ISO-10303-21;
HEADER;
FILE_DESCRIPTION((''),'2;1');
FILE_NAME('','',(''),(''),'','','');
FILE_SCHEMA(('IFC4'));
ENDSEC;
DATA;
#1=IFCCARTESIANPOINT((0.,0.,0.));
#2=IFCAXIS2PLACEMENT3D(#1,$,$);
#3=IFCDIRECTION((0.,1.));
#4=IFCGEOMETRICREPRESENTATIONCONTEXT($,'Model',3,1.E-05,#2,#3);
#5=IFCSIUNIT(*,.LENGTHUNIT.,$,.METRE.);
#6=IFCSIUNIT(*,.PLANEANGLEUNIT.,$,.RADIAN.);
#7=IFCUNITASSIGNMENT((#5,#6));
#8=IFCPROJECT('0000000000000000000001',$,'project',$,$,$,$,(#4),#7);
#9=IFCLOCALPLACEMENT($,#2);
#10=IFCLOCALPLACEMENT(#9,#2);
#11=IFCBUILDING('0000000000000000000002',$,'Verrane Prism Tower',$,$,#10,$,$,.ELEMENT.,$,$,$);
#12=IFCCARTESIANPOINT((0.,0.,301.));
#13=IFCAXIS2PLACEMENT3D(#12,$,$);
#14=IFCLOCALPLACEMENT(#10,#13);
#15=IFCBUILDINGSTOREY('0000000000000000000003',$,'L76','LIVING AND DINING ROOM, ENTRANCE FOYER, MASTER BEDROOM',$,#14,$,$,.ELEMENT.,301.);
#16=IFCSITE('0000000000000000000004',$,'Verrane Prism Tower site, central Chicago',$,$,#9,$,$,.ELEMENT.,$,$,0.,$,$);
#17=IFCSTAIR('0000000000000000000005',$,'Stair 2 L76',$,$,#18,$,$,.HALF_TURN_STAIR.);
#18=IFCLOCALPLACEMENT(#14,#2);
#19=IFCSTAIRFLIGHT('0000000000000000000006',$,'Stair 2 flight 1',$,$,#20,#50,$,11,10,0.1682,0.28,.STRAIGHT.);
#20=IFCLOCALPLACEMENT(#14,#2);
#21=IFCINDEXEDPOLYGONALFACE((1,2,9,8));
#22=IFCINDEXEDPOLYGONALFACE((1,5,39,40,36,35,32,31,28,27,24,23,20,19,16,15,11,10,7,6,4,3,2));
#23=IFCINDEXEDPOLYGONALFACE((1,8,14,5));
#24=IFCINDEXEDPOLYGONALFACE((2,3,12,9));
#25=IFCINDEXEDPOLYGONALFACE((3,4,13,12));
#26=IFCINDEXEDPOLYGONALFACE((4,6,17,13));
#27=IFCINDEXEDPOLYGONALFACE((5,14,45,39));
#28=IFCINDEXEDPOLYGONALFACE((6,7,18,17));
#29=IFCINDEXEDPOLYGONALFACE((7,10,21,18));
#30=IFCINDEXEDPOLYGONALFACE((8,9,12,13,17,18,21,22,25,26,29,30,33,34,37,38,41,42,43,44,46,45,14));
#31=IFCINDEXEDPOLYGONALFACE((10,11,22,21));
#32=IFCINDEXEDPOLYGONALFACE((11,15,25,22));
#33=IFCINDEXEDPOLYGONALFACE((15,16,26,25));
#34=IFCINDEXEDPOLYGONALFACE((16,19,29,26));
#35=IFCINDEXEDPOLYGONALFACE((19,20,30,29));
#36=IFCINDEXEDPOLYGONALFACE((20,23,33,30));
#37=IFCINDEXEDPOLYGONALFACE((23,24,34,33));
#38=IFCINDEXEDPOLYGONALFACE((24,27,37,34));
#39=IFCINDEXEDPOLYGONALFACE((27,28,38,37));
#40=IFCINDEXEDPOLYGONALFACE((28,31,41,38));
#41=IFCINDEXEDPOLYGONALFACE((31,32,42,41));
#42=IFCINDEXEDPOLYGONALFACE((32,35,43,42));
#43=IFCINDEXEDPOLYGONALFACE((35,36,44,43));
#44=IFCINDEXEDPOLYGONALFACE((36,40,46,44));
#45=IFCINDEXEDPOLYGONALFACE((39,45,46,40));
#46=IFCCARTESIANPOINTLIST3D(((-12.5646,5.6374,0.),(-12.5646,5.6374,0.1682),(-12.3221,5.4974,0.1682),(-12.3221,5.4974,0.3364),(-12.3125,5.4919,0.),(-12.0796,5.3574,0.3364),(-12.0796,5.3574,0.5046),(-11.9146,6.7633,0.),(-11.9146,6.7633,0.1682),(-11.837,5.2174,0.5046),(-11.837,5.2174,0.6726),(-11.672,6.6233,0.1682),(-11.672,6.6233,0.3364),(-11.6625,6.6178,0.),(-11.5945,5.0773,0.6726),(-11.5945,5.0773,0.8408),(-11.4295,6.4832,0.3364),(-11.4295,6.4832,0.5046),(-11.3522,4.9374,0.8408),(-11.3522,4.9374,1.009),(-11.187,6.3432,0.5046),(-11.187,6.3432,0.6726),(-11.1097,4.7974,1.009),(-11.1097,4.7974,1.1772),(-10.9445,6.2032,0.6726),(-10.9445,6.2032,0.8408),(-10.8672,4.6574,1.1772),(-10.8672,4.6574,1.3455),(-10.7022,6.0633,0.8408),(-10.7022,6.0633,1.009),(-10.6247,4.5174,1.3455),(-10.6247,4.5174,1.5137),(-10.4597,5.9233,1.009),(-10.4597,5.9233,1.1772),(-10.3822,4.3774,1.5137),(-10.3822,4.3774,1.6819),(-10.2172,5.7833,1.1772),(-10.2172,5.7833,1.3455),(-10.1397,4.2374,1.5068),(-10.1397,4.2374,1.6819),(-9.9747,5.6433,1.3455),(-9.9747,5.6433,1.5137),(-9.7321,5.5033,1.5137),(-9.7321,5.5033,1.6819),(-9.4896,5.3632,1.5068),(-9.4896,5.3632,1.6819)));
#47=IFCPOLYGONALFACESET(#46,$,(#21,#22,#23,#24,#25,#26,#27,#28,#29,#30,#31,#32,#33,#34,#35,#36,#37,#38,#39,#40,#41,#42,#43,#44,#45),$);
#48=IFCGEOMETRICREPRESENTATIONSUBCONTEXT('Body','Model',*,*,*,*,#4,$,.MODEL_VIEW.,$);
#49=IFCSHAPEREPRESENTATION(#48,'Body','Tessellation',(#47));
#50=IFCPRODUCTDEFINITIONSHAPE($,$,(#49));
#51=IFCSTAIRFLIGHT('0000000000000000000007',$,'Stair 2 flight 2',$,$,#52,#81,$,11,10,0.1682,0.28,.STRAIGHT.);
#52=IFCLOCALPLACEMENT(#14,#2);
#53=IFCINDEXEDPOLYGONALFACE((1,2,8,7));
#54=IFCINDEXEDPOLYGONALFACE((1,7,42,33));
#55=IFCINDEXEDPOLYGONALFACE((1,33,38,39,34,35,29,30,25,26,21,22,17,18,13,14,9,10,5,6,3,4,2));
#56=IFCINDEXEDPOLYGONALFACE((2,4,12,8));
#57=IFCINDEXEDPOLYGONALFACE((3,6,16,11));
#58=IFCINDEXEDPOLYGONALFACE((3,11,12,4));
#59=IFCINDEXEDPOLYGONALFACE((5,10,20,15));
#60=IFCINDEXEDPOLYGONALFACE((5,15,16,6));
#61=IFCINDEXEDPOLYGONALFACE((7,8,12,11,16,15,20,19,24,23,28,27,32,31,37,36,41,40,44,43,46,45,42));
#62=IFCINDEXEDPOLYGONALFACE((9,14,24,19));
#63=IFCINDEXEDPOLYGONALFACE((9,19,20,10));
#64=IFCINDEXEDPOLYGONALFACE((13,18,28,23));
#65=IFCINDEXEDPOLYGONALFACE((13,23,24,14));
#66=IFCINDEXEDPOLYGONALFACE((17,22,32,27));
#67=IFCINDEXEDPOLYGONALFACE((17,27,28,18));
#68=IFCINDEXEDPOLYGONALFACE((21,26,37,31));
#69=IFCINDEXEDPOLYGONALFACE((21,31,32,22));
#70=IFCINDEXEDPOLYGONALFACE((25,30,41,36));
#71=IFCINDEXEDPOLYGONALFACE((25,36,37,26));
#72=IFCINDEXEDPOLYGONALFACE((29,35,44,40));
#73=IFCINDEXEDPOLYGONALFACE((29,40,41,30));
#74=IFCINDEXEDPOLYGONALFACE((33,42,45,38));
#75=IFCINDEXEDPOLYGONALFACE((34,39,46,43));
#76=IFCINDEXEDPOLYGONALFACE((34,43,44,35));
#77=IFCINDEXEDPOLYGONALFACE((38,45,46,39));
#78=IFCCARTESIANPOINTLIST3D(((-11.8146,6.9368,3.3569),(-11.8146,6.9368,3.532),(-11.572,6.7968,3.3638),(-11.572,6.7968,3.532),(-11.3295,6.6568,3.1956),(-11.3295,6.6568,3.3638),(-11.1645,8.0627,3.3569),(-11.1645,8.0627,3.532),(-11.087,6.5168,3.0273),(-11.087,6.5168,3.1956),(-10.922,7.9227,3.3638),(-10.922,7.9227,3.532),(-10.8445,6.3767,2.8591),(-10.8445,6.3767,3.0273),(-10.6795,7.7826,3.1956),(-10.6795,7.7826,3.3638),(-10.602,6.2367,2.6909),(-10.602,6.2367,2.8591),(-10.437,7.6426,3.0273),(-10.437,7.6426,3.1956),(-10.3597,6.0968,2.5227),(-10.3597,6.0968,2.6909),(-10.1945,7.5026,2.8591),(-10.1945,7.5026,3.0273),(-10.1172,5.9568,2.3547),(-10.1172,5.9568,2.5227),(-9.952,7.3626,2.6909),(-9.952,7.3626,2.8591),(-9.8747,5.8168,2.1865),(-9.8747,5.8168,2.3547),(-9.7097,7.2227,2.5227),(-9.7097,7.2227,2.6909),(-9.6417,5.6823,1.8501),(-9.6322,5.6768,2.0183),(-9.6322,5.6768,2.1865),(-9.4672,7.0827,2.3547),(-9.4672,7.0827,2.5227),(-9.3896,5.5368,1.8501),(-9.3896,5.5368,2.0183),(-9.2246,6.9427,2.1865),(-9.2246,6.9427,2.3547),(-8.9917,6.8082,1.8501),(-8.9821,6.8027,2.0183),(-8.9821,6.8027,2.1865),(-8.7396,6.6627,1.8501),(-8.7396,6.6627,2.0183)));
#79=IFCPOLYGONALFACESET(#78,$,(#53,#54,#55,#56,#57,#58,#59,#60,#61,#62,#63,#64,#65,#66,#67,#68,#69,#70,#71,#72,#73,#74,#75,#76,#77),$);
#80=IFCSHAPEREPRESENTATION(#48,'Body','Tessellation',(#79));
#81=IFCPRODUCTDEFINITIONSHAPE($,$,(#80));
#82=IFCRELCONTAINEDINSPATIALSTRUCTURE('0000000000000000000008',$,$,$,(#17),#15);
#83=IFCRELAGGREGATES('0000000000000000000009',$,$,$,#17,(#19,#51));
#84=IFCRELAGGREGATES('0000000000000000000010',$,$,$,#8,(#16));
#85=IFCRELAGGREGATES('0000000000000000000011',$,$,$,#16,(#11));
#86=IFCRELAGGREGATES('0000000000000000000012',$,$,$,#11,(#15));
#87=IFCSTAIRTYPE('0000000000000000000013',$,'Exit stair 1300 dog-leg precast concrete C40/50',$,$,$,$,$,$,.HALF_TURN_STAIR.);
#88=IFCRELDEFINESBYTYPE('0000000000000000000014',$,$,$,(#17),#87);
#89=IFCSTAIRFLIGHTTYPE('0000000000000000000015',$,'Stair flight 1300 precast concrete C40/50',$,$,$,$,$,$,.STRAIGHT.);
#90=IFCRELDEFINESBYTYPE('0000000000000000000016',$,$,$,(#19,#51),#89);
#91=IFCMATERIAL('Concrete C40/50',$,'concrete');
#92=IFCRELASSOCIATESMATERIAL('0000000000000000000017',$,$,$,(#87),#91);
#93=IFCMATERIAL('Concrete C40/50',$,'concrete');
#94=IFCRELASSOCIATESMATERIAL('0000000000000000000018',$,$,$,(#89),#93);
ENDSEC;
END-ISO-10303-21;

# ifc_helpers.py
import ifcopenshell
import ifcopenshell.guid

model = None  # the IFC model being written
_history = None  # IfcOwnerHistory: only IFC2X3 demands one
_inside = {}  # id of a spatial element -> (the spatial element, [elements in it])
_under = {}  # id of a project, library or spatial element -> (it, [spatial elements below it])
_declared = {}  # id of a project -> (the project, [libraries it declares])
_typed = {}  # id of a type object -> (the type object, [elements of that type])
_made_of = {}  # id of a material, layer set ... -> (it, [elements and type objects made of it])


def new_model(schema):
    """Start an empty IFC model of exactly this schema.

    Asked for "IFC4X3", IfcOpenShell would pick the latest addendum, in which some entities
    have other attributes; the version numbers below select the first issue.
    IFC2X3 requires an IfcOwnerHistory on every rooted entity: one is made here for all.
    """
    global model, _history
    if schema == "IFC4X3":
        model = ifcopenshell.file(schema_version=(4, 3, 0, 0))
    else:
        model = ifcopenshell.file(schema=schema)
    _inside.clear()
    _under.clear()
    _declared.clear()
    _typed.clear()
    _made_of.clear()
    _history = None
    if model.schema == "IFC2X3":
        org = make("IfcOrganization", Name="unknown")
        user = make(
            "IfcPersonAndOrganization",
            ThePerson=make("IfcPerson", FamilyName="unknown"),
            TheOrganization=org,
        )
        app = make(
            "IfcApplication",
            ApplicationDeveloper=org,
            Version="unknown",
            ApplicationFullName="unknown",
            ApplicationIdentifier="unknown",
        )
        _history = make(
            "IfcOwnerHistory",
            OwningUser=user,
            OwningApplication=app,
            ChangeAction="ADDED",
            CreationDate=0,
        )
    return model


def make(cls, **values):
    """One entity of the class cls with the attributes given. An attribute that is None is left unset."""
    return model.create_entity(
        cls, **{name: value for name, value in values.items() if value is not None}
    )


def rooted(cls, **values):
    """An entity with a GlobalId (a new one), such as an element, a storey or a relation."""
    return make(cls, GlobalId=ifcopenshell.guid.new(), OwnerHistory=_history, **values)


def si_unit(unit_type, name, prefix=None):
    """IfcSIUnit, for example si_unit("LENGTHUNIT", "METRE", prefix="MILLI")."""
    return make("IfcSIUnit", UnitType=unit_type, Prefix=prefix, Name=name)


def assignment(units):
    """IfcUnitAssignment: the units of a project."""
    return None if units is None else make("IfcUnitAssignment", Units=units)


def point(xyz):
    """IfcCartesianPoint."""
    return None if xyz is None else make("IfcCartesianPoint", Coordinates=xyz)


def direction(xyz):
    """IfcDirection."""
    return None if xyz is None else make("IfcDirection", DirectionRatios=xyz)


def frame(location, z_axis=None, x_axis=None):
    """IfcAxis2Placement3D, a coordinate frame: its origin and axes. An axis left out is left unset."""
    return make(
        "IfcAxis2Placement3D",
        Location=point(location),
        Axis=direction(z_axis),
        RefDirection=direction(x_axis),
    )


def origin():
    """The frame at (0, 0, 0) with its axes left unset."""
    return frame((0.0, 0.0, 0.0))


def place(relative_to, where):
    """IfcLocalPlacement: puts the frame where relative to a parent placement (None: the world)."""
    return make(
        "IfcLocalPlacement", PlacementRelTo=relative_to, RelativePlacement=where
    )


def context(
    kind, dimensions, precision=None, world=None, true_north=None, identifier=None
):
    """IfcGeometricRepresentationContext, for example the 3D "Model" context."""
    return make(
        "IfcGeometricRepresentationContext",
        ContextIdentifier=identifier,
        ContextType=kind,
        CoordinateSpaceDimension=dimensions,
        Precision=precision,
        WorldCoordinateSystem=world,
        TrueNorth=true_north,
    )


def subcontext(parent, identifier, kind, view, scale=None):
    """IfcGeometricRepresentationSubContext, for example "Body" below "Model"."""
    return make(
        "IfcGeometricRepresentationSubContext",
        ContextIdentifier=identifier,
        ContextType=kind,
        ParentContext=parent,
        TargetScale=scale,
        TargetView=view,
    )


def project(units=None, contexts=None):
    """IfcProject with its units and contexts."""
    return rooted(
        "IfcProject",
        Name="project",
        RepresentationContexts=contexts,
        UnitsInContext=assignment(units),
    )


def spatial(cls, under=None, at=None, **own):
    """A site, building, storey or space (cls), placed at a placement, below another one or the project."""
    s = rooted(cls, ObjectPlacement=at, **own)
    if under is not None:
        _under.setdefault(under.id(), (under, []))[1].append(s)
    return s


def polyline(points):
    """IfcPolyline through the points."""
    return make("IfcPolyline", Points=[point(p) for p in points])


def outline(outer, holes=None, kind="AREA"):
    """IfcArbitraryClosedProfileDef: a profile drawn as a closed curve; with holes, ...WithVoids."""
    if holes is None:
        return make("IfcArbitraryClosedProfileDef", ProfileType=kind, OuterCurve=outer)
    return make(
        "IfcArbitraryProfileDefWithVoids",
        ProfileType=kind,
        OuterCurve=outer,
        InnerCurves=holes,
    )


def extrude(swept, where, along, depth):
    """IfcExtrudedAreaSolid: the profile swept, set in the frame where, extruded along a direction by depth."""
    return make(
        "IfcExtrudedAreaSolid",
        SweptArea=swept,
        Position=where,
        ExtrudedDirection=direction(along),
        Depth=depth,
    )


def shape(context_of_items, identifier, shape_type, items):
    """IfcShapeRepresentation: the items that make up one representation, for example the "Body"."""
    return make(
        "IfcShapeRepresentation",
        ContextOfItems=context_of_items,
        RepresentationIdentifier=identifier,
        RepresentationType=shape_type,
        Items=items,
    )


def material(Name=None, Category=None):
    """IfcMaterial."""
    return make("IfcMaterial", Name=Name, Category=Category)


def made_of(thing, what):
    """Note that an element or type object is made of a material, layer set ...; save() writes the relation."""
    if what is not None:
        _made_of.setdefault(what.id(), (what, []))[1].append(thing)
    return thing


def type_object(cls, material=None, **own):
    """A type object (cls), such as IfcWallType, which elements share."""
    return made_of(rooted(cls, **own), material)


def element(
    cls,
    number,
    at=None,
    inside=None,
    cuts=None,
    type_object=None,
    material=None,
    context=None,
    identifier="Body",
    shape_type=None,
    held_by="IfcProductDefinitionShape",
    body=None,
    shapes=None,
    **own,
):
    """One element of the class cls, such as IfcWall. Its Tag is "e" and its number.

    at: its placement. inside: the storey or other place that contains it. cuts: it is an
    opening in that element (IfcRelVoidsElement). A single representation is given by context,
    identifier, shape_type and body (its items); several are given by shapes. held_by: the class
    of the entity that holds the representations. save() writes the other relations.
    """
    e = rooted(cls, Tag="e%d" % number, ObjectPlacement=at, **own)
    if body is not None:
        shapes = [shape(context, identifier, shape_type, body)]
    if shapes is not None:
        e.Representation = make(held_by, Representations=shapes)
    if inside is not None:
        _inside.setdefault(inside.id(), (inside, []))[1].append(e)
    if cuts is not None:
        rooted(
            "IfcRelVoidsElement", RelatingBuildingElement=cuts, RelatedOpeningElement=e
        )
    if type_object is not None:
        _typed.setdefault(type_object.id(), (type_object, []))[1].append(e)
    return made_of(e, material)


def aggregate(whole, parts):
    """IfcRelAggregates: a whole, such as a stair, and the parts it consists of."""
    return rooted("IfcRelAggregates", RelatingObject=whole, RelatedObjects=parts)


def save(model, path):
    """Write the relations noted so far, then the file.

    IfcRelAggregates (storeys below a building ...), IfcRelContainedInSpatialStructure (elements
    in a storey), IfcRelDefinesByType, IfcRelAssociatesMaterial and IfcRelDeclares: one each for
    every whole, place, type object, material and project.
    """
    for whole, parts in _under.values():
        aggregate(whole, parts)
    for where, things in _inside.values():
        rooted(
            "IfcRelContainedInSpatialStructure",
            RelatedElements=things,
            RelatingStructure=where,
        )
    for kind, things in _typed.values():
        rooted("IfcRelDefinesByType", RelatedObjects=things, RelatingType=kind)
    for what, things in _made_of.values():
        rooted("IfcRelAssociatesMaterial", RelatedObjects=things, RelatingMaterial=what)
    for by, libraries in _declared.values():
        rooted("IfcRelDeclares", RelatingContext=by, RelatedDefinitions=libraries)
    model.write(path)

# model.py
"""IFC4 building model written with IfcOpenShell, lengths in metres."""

from ifc_helpers import new_model, si_unit, direction, frame, origin, place, context, subcontext, project, spatial, polyline, outline, extrude, material, type_object, element, aggregate, save


model = new_model("IFC4")

# Units and contexts
model_context = context("Model", 3, precision=1e-05, world=origin(), true_north=direction((0.0, 1.0)))
body_context = subcontext(model_context, "Body", "Model", "MODEL_VIEW")
ifc_project = project(units=[si_unit("LENGTHUNIT", "METRE"), si_unit("PLANEANGLEUNIT", "RADIAN")], contexts=[model_context])

# Site, building, storey
site_placement = place(None, origin())
site = spatial("IfcSite", under=ifc_project, at=site_placement, Name="Verrane Prism Tower site, central Chicago", CompositionType="ELEMENT", RefElevation=0.0)
building_placement = place(site_placement, origin())
building = spatial("IfcBuilding", under=site, at=building_placement, Name="Verrane Prism Tower", CompositionType="ELEMENT")
storey_placement = place(building_placement, frame((0.0, 0.0, 301.0)))
storey = spatial("IfcBuildingStorey", under=building, at=storey_placement, Name="L76", Description="LIVING AND DINING ROOM, ENTRANCE FOYER, MASTER BEDROOM", CompositionType="ELEMENT", Elevation=301.0)

# Stair, stair flights
ifc_material_1 = material(Name="Concrete C40/50", Category="concrete")
stair_type = type_object("IfcStairType", Name="Exit stair 1300 dog-leg precast concrete C40/50", PredefinedType="HALF_TURN_STAIR", material=ifc_material_1)
stair_placement = place(storey_placement, origin())
stair = element("IfcStair", 1, at=stair_placement, inside=storey, type_object=stair_type, Name="Stair 2 L76", PredefinedType="HALF_TURN_STAIR")
ifc_material_2 = material(Name="Concrete C40/50", Category="concrete")
stair_flight_type = type_object("IfcStairFlightType", Name="Stair flight 1300 precast concrete C40/50", PredefinedType="STRAIGHT", material=ifc_material_2)
stair_flight_1_placement = place(storey_placement, frame((-12.2395, 6.2004, 0.0), z_axis=(0.0, 0.0, 1.0), x_axis=(0.866025, -0.5, 0.0)))
stair_flight_1 = element("IfcStairFlight", 2, at=stair_flight_1_placement, type_object=stair_flight_type, Name="Stair 2 flight 1", NumberOfRisers=11, NumberOfTreads=10, PredefinedType="STRAIGHT", RiserHeight=0.1682, TreadLength=0.28, context=body_context, shape_type="SweptSolid", body=[
    extrude(outline(polyline([(0.0, 0.0), (0.0, 0.1682), (0.28, 0.1682), (0.28, 0.3364), (0.5601, 0.3364), (0.5601, 0.5046), (0.8401, 0.5046), (0.8401, 0.6726), (1.1201, 0.6726), (1.1201, 0.8408), (1.3999, 0.8408), (1.3999, 1.009), (1.6799, 1.009), (1.6799, 1.1772), (1.96, 1.1772), (1.96, 1.3455), (2.24, 1.3455), (2.24, 1.5137), (2.52, 1.5137), (2.52, 1.6819), (2.8, 1.6819), (2.8, 1.8501), (2.8, 1.5068), (0.291, 0.0), (0.0, 0.0)])), frame((0.0, 0.6499, 0.0), z_axis=(0.0, -1.0, 0.0), x_axis=(1.0, 0.0, 0.0)), (0.0, 0.0, 1.0), 1.3),
])
stair_flight_2_placement = place(storey_placement, frame((-9.0647, 6.0996, 1.8501), z_axis=(0.0, 0.0, 1.0), x_axis=(-0.866025, 0.5, 0.0)))
stair_flight_2 = element("IfcStairFlight", 3, at=stair_flight_2_placement, type_object=stair_flight_type, Name="Stair 2 flight 2", NumberOfRisers=11, NumberOfTreads=10, PredefinedType="STRAIGHT", RiserHeight=0.1682, TreadLength=0.28, context=body_context, shape_type="SweptSolid", body=[
    extrude(outline(polyline([(0.0, 0.0), (0.0, 0.1682), (0.28, 0.1682), (0.28, 0.3364), (0.5601, 0.3364), (0.5601, 0.5046), (0.8401, 0.5046), (0.8401, 0.6726), (1.1201, 0.6726), (1.1201, 0.8408), (1.3999, 0.8408), (1.3999, 1.009), (1.6799, 1.009), (1.6799, 1.1772), (1.96, 1.1772), (1.96, 1.3455), (2.24, 1.3455), (2.24, 1.5137), (2.52, 1.5137), (2.52, 1.6819), (2.8, 1.6819), (2.8, 1.8501), (2.8, 1.5068), (0.291, 0.0), (0.0, 0.0)])), frame((0.0, 0.6499, 0.0), z_axis=(0.0, -1.0, 0.0), x_axis=(1.0, 0.0, 0.0)), (0.0, 0.0, 1.0), 1.3),
])
aggregate(stair, [stair_flight_1, stair_flight_2])

save(model, "model.ifc")
